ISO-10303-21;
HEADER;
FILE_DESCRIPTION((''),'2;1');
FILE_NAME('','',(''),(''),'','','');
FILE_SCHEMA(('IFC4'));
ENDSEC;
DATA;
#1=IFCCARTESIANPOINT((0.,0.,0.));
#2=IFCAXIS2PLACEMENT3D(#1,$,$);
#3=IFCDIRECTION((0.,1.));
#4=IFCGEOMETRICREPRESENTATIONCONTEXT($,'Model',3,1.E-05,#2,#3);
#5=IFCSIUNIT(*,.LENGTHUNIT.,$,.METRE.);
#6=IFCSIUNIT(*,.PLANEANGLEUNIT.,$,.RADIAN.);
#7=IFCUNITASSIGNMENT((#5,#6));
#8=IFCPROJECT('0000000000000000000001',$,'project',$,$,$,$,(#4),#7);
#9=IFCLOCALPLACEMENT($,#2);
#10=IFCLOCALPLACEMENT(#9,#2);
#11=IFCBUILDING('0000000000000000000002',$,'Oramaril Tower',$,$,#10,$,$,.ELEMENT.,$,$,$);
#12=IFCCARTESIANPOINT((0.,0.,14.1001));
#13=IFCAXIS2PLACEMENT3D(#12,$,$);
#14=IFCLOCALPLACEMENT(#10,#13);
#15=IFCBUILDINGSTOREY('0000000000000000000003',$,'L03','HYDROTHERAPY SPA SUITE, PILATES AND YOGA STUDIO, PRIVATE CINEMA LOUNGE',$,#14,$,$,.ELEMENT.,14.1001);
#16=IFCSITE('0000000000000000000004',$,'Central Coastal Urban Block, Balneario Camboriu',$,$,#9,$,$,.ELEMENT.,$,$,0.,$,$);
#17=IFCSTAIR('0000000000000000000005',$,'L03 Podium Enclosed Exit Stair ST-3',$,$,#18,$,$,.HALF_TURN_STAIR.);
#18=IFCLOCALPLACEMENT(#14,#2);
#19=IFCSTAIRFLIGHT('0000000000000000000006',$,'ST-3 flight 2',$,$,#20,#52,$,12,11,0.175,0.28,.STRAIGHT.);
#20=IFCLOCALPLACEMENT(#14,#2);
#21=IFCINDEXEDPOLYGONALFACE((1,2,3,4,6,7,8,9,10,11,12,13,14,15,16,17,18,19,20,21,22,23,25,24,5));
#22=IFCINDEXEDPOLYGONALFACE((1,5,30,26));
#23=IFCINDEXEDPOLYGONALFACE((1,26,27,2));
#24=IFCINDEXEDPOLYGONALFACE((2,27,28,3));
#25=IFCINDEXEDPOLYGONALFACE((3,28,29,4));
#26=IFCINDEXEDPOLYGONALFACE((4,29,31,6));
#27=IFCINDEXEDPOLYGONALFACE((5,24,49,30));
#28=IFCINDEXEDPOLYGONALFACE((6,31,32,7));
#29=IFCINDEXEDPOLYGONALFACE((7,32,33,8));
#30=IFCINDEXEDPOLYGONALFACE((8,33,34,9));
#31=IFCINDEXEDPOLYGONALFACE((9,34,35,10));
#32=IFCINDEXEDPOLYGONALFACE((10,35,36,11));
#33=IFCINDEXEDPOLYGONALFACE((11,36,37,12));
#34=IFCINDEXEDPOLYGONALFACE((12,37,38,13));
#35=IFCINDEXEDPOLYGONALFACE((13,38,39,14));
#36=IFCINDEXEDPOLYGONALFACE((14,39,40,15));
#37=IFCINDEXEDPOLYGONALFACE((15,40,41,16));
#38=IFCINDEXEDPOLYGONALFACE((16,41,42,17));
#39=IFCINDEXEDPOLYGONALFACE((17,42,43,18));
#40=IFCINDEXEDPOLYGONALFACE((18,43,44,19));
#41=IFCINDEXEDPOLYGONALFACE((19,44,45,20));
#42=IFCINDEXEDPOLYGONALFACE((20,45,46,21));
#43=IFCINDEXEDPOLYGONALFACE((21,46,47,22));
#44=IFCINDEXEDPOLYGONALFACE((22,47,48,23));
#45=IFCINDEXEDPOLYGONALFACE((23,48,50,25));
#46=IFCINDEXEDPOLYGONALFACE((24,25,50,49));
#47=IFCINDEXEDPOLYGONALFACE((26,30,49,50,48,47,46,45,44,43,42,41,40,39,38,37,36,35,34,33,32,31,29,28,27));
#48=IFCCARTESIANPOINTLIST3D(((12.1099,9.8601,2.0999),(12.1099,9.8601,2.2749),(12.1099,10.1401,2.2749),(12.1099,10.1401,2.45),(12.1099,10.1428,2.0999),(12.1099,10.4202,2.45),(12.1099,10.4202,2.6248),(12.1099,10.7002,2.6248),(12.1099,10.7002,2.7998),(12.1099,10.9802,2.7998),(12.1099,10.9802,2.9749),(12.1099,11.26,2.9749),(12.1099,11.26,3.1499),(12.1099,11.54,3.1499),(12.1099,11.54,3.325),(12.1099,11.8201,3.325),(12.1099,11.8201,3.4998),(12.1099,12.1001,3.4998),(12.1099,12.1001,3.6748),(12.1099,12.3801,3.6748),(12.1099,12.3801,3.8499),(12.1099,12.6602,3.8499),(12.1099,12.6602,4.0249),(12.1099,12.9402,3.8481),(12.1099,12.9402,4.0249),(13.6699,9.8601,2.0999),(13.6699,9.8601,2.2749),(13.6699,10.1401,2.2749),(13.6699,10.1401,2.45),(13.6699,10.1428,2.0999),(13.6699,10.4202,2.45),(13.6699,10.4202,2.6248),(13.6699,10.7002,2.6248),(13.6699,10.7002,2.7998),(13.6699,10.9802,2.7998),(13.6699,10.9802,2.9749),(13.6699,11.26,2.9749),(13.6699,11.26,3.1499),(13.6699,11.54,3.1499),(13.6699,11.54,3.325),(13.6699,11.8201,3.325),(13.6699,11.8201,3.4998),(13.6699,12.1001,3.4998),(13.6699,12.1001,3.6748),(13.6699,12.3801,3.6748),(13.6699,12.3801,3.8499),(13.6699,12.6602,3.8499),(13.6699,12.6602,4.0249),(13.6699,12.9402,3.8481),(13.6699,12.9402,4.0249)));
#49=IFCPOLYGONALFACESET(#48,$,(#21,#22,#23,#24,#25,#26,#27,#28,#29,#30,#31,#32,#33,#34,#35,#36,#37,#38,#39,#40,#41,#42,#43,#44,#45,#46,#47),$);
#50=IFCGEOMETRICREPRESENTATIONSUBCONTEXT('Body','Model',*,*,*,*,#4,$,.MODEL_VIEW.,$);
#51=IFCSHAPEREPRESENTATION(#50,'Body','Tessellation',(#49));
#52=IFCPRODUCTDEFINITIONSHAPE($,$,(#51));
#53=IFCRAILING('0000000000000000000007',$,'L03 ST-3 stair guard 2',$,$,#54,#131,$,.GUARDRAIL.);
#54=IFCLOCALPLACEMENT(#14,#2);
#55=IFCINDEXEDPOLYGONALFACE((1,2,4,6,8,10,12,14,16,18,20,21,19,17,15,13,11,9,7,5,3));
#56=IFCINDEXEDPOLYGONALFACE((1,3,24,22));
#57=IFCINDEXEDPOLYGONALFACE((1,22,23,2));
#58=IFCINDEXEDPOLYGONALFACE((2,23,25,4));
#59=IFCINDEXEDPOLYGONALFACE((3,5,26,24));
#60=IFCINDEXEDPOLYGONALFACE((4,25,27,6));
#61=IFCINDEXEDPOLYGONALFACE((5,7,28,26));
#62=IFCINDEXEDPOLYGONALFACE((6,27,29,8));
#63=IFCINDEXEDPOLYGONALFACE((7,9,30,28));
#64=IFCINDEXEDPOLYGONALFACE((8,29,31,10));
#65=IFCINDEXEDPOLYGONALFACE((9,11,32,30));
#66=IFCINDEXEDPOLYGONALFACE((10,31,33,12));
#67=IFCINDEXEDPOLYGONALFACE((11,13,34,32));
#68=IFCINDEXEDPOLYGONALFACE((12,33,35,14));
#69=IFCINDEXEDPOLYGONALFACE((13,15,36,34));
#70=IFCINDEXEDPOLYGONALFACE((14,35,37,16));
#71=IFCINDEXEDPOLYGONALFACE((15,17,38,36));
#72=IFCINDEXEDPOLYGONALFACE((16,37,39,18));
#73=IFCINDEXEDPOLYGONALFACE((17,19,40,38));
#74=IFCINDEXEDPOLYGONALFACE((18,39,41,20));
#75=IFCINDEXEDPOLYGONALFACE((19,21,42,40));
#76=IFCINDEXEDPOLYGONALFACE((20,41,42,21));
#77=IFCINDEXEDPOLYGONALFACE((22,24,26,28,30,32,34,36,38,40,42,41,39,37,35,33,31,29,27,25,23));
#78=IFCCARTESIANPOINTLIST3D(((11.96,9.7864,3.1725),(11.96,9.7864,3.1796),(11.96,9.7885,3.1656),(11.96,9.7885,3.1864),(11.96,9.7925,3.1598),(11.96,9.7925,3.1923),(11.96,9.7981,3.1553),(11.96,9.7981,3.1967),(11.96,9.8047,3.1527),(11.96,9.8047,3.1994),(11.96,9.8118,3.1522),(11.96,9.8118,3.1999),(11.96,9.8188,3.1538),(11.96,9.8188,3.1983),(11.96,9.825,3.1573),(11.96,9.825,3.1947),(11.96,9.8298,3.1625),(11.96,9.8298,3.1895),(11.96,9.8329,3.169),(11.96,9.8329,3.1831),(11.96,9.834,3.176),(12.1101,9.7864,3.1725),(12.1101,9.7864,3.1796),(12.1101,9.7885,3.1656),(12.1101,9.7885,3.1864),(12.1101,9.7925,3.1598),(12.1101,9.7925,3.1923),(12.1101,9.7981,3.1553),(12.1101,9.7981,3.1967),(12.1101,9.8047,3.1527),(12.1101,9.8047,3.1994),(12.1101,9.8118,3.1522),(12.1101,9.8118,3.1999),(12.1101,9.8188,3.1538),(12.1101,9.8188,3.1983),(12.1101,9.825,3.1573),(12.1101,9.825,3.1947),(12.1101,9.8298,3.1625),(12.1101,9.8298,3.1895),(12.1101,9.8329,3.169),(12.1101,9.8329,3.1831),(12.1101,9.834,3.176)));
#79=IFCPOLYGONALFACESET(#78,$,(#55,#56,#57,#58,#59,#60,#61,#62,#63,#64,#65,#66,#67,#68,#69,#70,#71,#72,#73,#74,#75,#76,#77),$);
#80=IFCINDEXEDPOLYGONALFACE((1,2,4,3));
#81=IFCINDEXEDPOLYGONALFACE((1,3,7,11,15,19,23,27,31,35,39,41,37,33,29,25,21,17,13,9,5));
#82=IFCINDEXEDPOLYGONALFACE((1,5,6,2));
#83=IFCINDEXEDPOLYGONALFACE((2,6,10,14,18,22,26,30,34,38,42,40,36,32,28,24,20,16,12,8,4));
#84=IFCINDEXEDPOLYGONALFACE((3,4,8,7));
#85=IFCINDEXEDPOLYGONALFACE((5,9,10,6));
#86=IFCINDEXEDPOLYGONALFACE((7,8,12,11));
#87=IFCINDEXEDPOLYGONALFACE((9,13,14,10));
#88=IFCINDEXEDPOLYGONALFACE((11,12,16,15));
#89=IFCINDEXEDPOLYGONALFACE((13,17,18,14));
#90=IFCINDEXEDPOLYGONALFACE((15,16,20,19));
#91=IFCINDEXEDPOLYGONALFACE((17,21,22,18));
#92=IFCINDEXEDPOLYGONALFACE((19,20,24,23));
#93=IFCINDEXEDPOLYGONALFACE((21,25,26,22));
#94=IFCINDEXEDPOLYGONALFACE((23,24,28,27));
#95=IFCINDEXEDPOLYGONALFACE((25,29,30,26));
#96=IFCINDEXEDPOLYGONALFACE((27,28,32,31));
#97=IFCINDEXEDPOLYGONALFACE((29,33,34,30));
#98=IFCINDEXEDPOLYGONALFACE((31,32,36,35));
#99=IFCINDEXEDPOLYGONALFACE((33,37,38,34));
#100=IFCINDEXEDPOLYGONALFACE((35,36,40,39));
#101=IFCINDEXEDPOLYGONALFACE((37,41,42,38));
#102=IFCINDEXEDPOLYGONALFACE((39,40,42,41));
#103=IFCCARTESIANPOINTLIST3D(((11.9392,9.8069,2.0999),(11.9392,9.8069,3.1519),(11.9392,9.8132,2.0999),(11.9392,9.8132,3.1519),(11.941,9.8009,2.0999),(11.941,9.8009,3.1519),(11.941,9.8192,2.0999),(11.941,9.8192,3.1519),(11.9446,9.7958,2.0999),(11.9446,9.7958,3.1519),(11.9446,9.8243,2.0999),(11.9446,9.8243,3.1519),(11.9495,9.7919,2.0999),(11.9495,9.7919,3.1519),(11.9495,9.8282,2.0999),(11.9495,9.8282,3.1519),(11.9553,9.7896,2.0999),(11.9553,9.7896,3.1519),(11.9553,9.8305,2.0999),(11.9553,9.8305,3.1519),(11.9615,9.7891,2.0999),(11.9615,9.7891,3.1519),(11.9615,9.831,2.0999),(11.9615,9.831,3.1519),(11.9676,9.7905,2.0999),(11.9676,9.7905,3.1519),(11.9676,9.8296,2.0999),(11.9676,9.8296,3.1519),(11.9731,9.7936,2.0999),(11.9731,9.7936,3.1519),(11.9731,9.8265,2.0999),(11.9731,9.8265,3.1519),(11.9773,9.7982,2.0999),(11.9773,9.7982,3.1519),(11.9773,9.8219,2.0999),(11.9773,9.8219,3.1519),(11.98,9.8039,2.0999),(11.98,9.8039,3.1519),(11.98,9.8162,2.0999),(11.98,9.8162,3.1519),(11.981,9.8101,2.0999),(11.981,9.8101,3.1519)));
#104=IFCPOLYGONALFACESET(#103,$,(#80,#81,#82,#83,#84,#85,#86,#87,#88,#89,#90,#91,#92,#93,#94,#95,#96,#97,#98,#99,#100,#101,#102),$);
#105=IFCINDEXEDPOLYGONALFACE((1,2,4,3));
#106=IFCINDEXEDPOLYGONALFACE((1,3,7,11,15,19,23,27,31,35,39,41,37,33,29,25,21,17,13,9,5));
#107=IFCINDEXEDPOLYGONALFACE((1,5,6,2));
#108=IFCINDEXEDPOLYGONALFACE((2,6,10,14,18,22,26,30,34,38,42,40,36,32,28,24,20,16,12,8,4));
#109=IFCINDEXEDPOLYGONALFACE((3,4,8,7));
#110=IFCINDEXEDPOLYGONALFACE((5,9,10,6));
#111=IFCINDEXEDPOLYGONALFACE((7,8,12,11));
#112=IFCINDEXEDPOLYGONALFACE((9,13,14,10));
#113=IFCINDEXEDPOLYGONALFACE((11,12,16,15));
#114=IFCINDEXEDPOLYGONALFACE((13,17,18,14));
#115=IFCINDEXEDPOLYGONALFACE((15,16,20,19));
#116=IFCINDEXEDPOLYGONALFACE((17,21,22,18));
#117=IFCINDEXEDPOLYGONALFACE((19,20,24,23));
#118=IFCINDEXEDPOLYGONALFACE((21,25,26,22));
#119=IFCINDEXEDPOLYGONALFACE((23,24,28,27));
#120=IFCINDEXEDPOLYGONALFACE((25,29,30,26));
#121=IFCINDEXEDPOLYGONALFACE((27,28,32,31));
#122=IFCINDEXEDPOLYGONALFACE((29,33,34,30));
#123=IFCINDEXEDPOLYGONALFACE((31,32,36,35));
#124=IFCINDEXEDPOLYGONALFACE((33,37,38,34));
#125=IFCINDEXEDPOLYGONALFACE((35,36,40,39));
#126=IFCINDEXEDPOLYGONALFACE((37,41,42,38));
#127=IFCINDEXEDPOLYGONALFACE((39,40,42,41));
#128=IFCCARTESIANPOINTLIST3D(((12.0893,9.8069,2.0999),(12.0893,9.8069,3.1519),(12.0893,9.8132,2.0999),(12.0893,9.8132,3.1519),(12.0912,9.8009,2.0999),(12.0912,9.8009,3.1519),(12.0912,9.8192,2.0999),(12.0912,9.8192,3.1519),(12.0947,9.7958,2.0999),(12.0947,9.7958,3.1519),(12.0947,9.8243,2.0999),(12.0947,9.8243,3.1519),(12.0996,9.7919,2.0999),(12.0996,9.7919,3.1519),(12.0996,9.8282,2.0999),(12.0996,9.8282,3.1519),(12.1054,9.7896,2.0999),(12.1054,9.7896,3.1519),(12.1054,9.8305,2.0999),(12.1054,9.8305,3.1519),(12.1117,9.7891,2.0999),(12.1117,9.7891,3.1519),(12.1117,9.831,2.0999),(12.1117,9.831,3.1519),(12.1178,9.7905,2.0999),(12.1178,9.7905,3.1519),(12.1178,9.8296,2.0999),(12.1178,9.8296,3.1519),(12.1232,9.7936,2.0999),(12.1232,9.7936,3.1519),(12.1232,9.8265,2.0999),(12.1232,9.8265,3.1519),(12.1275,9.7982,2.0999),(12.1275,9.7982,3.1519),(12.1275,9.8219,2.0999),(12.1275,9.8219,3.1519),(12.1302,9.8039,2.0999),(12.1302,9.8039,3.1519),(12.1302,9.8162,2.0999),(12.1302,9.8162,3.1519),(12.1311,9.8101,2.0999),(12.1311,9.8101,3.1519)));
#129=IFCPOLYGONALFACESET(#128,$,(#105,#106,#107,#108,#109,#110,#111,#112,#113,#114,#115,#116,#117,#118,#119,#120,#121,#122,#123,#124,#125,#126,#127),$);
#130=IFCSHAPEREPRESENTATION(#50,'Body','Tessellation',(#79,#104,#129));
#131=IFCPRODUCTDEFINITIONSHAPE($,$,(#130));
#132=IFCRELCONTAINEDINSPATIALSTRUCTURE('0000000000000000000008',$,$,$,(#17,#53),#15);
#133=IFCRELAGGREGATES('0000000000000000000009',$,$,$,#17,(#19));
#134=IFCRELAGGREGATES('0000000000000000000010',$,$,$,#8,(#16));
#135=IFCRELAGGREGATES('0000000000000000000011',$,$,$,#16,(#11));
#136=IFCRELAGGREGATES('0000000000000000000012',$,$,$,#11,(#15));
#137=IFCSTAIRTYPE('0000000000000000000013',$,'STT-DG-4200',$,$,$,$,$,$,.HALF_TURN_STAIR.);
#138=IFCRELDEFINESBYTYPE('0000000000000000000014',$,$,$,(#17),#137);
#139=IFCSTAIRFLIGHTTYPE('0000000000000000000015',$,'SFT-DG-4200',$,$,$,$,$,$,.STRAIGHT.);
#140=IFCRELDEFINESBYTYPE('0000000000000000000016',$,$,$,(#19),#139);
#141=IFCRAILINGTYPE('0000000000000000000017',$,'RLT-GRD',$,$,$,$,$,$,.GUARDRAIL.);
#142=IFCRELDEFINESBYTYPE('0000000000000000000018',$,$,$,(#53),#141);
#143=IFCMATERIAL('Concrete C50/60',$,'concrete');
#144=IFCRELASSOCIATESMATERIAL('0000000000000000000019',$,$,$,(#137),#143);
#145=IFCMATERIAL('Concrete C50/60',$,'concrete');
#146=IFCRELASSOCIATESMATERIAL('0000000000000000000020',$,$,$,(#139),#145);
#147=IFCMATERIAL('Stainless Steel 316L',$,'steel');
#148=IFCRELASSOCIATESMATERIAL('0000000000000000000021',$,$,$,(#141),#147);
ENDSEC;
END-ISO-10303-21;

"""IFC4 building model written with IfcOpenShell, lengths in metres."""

from ifc_helpers import new_model, si_unit, direction, frame, origin, origin_2d, place, context, subcontext, project, spatial, polyline, circle, outline, extrude, material, type_object, element, aggregate, save


model = new_model("IFC4")

# Units and contexts
model_context = context("Model", 3, precision=1e-05, world=origin(), true_north=direction((0.0, 1.0)))
body_context = subcontext(model_context, "Body", "Model", "MODEL_VIEW")
ifc_project = project(units=[si_unit("LENGTHUNIT", "METRE"), si_unit("PLANEANGLEUNIT", "RADIAN")], contexts=[model_context])

# Site, building, storey
site_placement = place(None, origin())
site = spatial("IfcSite", under=ifc_project, at=site_placement, Name="Central Coastal Urban Block, Balneario Camboriu", CompositionType="ELEMENT", RefElevation=0.0)
building_placement = place(site_placement, origin())
building = spatial("IfcBuilding", under=site, at=building_placement, Name="Oramaril Tower", CompositionType="ELEMENT")
storey_placement = place(building_placement, frame((0.0, 0.0, 14.1001)))
storey = spatial("IfcBuildingStorey", under=building, at=storey_placement, Name="L03", Description="HYDROTHERAPY SPA SUITE, PILATES AND YOGA STUDIO, PRIVATE CINEMA LOUNGE", CompositionType="ELEMENT", Elevation=14.1001)

# Stair, stair flight
ifc_material_1 = material(Name="Concrete C50/60", Category="concrete")
stair_type = type_object("IfcStairType", Name="STT-DG-4200", PredefinedType="HALF_TURN_STAIR", material=ifc_material_1)
stair_placement = place(storey_placement, origin())
stair = element("IfcStair", 1, at=stair_placement, inside=storey, type_object=stair_type, Name="L03 Podium Enclosed Exit Stair ST-3", PredefinedType="HALF_TURN_STAIR")
ifc_material_2 = material(Name="Concrete C50/60", Category="concrete")
stair_flight_type = type_object("IfcStairFlightType", Name="SFT-DG-4200", PredefinedType="STRAIGHT", material=ifc_material_2)
stair_flight_placement = place(storey_placement, frame((12.8899, 9.8601, 2.0999), z_axis=(0.0, 0.0, 1.0), x_axis=(0.0, 1.0, 0.0)))
stair_flight = element("IfcStairFlight", 2, at=stair_flight_placement, type_object=stair_flight_type, Name="ST-3 flight 2", NumberOfRisers=12, NumberOfTreads=11, PredefinedType="STRAIGHT", RiserHeight=0.175, TreadLength=0.28, context=body_context, shape_type="SweptSolid", body=[
    extrude(outline(polyline([(0.0, 0.0), (0.0, 0.175), (0.28, 0.175), (0.28, 0.3501), (0.5601, 0.3501), (0.5601, 0.5249), (0.8401, 0.5249), (0.8401, 0.7), (1.1201, 0.7), (1.1201, 0.875), (1.3999, 0.875), (1.3999, 1.05), (1.6799, 1.05), (1.6799, 1.2251), (1.96, 1.2251), (1.96, 1.3999), (2.24, 1.3999), (2.24, 1.575), (2.52, 1.575), (2.52, 1.75), (2.8, 1.75), (2.8, 1.925), (3.0801, 1.925), (3.0801, 2.1001), (3.0801, 1.7483), (0.2827, 0.0), (0.0, 0.0)])), frame((0.0, 0.78, 0.0), z_axis=(0.0, -1.0, 0.0), x_axis=(1.0, 0.0, 0.0)), (0.0, 0.0, 1.0), 1.5601),
])
aggregate(stair, [stair_flight])

# Railing
ifc_material_3 = material(Name="Stainless Steel 316L", Category="steel")
railing_type_1 = type_object("IfcRailingType", Name="RLT-GRD", PredefinedType="GUARDRAIL", material=ifc_material_3)
railing_1_placement = place(storey_placement, frame((11.96, 9.8101, 2.0999)))
element("IfcRailing", 3, at=railing_1_placement, inside=storey, type_object=railing_type_1, Name="L03 ST-3 stair guard 2", PredefinedType="GUARDRAIL", context=body_context, shape_type="SweptSolid", body=[
    extrude(circle(Radius=0.0239, at=origin_2d()), frame((0.0, 0.0, 1.0762), z_axis=(1.0, 0.0, 0.0), x_axis=(0.0, 1.0, 0.0)), (0.0, 0.0, 1.0), 0.1501),
    extrude(circle(Radius=0.021, at=origin_2d()), origin(), (0.0, 0.0, 1.0), 1.052),
    extrude(circle(Radius=0.021, at=origin_2d()), frame((0.1501, 0.0, 0.0)), (0.0, 0.0, 1.0), 1.052),
])

save(model, "model.ifc")
